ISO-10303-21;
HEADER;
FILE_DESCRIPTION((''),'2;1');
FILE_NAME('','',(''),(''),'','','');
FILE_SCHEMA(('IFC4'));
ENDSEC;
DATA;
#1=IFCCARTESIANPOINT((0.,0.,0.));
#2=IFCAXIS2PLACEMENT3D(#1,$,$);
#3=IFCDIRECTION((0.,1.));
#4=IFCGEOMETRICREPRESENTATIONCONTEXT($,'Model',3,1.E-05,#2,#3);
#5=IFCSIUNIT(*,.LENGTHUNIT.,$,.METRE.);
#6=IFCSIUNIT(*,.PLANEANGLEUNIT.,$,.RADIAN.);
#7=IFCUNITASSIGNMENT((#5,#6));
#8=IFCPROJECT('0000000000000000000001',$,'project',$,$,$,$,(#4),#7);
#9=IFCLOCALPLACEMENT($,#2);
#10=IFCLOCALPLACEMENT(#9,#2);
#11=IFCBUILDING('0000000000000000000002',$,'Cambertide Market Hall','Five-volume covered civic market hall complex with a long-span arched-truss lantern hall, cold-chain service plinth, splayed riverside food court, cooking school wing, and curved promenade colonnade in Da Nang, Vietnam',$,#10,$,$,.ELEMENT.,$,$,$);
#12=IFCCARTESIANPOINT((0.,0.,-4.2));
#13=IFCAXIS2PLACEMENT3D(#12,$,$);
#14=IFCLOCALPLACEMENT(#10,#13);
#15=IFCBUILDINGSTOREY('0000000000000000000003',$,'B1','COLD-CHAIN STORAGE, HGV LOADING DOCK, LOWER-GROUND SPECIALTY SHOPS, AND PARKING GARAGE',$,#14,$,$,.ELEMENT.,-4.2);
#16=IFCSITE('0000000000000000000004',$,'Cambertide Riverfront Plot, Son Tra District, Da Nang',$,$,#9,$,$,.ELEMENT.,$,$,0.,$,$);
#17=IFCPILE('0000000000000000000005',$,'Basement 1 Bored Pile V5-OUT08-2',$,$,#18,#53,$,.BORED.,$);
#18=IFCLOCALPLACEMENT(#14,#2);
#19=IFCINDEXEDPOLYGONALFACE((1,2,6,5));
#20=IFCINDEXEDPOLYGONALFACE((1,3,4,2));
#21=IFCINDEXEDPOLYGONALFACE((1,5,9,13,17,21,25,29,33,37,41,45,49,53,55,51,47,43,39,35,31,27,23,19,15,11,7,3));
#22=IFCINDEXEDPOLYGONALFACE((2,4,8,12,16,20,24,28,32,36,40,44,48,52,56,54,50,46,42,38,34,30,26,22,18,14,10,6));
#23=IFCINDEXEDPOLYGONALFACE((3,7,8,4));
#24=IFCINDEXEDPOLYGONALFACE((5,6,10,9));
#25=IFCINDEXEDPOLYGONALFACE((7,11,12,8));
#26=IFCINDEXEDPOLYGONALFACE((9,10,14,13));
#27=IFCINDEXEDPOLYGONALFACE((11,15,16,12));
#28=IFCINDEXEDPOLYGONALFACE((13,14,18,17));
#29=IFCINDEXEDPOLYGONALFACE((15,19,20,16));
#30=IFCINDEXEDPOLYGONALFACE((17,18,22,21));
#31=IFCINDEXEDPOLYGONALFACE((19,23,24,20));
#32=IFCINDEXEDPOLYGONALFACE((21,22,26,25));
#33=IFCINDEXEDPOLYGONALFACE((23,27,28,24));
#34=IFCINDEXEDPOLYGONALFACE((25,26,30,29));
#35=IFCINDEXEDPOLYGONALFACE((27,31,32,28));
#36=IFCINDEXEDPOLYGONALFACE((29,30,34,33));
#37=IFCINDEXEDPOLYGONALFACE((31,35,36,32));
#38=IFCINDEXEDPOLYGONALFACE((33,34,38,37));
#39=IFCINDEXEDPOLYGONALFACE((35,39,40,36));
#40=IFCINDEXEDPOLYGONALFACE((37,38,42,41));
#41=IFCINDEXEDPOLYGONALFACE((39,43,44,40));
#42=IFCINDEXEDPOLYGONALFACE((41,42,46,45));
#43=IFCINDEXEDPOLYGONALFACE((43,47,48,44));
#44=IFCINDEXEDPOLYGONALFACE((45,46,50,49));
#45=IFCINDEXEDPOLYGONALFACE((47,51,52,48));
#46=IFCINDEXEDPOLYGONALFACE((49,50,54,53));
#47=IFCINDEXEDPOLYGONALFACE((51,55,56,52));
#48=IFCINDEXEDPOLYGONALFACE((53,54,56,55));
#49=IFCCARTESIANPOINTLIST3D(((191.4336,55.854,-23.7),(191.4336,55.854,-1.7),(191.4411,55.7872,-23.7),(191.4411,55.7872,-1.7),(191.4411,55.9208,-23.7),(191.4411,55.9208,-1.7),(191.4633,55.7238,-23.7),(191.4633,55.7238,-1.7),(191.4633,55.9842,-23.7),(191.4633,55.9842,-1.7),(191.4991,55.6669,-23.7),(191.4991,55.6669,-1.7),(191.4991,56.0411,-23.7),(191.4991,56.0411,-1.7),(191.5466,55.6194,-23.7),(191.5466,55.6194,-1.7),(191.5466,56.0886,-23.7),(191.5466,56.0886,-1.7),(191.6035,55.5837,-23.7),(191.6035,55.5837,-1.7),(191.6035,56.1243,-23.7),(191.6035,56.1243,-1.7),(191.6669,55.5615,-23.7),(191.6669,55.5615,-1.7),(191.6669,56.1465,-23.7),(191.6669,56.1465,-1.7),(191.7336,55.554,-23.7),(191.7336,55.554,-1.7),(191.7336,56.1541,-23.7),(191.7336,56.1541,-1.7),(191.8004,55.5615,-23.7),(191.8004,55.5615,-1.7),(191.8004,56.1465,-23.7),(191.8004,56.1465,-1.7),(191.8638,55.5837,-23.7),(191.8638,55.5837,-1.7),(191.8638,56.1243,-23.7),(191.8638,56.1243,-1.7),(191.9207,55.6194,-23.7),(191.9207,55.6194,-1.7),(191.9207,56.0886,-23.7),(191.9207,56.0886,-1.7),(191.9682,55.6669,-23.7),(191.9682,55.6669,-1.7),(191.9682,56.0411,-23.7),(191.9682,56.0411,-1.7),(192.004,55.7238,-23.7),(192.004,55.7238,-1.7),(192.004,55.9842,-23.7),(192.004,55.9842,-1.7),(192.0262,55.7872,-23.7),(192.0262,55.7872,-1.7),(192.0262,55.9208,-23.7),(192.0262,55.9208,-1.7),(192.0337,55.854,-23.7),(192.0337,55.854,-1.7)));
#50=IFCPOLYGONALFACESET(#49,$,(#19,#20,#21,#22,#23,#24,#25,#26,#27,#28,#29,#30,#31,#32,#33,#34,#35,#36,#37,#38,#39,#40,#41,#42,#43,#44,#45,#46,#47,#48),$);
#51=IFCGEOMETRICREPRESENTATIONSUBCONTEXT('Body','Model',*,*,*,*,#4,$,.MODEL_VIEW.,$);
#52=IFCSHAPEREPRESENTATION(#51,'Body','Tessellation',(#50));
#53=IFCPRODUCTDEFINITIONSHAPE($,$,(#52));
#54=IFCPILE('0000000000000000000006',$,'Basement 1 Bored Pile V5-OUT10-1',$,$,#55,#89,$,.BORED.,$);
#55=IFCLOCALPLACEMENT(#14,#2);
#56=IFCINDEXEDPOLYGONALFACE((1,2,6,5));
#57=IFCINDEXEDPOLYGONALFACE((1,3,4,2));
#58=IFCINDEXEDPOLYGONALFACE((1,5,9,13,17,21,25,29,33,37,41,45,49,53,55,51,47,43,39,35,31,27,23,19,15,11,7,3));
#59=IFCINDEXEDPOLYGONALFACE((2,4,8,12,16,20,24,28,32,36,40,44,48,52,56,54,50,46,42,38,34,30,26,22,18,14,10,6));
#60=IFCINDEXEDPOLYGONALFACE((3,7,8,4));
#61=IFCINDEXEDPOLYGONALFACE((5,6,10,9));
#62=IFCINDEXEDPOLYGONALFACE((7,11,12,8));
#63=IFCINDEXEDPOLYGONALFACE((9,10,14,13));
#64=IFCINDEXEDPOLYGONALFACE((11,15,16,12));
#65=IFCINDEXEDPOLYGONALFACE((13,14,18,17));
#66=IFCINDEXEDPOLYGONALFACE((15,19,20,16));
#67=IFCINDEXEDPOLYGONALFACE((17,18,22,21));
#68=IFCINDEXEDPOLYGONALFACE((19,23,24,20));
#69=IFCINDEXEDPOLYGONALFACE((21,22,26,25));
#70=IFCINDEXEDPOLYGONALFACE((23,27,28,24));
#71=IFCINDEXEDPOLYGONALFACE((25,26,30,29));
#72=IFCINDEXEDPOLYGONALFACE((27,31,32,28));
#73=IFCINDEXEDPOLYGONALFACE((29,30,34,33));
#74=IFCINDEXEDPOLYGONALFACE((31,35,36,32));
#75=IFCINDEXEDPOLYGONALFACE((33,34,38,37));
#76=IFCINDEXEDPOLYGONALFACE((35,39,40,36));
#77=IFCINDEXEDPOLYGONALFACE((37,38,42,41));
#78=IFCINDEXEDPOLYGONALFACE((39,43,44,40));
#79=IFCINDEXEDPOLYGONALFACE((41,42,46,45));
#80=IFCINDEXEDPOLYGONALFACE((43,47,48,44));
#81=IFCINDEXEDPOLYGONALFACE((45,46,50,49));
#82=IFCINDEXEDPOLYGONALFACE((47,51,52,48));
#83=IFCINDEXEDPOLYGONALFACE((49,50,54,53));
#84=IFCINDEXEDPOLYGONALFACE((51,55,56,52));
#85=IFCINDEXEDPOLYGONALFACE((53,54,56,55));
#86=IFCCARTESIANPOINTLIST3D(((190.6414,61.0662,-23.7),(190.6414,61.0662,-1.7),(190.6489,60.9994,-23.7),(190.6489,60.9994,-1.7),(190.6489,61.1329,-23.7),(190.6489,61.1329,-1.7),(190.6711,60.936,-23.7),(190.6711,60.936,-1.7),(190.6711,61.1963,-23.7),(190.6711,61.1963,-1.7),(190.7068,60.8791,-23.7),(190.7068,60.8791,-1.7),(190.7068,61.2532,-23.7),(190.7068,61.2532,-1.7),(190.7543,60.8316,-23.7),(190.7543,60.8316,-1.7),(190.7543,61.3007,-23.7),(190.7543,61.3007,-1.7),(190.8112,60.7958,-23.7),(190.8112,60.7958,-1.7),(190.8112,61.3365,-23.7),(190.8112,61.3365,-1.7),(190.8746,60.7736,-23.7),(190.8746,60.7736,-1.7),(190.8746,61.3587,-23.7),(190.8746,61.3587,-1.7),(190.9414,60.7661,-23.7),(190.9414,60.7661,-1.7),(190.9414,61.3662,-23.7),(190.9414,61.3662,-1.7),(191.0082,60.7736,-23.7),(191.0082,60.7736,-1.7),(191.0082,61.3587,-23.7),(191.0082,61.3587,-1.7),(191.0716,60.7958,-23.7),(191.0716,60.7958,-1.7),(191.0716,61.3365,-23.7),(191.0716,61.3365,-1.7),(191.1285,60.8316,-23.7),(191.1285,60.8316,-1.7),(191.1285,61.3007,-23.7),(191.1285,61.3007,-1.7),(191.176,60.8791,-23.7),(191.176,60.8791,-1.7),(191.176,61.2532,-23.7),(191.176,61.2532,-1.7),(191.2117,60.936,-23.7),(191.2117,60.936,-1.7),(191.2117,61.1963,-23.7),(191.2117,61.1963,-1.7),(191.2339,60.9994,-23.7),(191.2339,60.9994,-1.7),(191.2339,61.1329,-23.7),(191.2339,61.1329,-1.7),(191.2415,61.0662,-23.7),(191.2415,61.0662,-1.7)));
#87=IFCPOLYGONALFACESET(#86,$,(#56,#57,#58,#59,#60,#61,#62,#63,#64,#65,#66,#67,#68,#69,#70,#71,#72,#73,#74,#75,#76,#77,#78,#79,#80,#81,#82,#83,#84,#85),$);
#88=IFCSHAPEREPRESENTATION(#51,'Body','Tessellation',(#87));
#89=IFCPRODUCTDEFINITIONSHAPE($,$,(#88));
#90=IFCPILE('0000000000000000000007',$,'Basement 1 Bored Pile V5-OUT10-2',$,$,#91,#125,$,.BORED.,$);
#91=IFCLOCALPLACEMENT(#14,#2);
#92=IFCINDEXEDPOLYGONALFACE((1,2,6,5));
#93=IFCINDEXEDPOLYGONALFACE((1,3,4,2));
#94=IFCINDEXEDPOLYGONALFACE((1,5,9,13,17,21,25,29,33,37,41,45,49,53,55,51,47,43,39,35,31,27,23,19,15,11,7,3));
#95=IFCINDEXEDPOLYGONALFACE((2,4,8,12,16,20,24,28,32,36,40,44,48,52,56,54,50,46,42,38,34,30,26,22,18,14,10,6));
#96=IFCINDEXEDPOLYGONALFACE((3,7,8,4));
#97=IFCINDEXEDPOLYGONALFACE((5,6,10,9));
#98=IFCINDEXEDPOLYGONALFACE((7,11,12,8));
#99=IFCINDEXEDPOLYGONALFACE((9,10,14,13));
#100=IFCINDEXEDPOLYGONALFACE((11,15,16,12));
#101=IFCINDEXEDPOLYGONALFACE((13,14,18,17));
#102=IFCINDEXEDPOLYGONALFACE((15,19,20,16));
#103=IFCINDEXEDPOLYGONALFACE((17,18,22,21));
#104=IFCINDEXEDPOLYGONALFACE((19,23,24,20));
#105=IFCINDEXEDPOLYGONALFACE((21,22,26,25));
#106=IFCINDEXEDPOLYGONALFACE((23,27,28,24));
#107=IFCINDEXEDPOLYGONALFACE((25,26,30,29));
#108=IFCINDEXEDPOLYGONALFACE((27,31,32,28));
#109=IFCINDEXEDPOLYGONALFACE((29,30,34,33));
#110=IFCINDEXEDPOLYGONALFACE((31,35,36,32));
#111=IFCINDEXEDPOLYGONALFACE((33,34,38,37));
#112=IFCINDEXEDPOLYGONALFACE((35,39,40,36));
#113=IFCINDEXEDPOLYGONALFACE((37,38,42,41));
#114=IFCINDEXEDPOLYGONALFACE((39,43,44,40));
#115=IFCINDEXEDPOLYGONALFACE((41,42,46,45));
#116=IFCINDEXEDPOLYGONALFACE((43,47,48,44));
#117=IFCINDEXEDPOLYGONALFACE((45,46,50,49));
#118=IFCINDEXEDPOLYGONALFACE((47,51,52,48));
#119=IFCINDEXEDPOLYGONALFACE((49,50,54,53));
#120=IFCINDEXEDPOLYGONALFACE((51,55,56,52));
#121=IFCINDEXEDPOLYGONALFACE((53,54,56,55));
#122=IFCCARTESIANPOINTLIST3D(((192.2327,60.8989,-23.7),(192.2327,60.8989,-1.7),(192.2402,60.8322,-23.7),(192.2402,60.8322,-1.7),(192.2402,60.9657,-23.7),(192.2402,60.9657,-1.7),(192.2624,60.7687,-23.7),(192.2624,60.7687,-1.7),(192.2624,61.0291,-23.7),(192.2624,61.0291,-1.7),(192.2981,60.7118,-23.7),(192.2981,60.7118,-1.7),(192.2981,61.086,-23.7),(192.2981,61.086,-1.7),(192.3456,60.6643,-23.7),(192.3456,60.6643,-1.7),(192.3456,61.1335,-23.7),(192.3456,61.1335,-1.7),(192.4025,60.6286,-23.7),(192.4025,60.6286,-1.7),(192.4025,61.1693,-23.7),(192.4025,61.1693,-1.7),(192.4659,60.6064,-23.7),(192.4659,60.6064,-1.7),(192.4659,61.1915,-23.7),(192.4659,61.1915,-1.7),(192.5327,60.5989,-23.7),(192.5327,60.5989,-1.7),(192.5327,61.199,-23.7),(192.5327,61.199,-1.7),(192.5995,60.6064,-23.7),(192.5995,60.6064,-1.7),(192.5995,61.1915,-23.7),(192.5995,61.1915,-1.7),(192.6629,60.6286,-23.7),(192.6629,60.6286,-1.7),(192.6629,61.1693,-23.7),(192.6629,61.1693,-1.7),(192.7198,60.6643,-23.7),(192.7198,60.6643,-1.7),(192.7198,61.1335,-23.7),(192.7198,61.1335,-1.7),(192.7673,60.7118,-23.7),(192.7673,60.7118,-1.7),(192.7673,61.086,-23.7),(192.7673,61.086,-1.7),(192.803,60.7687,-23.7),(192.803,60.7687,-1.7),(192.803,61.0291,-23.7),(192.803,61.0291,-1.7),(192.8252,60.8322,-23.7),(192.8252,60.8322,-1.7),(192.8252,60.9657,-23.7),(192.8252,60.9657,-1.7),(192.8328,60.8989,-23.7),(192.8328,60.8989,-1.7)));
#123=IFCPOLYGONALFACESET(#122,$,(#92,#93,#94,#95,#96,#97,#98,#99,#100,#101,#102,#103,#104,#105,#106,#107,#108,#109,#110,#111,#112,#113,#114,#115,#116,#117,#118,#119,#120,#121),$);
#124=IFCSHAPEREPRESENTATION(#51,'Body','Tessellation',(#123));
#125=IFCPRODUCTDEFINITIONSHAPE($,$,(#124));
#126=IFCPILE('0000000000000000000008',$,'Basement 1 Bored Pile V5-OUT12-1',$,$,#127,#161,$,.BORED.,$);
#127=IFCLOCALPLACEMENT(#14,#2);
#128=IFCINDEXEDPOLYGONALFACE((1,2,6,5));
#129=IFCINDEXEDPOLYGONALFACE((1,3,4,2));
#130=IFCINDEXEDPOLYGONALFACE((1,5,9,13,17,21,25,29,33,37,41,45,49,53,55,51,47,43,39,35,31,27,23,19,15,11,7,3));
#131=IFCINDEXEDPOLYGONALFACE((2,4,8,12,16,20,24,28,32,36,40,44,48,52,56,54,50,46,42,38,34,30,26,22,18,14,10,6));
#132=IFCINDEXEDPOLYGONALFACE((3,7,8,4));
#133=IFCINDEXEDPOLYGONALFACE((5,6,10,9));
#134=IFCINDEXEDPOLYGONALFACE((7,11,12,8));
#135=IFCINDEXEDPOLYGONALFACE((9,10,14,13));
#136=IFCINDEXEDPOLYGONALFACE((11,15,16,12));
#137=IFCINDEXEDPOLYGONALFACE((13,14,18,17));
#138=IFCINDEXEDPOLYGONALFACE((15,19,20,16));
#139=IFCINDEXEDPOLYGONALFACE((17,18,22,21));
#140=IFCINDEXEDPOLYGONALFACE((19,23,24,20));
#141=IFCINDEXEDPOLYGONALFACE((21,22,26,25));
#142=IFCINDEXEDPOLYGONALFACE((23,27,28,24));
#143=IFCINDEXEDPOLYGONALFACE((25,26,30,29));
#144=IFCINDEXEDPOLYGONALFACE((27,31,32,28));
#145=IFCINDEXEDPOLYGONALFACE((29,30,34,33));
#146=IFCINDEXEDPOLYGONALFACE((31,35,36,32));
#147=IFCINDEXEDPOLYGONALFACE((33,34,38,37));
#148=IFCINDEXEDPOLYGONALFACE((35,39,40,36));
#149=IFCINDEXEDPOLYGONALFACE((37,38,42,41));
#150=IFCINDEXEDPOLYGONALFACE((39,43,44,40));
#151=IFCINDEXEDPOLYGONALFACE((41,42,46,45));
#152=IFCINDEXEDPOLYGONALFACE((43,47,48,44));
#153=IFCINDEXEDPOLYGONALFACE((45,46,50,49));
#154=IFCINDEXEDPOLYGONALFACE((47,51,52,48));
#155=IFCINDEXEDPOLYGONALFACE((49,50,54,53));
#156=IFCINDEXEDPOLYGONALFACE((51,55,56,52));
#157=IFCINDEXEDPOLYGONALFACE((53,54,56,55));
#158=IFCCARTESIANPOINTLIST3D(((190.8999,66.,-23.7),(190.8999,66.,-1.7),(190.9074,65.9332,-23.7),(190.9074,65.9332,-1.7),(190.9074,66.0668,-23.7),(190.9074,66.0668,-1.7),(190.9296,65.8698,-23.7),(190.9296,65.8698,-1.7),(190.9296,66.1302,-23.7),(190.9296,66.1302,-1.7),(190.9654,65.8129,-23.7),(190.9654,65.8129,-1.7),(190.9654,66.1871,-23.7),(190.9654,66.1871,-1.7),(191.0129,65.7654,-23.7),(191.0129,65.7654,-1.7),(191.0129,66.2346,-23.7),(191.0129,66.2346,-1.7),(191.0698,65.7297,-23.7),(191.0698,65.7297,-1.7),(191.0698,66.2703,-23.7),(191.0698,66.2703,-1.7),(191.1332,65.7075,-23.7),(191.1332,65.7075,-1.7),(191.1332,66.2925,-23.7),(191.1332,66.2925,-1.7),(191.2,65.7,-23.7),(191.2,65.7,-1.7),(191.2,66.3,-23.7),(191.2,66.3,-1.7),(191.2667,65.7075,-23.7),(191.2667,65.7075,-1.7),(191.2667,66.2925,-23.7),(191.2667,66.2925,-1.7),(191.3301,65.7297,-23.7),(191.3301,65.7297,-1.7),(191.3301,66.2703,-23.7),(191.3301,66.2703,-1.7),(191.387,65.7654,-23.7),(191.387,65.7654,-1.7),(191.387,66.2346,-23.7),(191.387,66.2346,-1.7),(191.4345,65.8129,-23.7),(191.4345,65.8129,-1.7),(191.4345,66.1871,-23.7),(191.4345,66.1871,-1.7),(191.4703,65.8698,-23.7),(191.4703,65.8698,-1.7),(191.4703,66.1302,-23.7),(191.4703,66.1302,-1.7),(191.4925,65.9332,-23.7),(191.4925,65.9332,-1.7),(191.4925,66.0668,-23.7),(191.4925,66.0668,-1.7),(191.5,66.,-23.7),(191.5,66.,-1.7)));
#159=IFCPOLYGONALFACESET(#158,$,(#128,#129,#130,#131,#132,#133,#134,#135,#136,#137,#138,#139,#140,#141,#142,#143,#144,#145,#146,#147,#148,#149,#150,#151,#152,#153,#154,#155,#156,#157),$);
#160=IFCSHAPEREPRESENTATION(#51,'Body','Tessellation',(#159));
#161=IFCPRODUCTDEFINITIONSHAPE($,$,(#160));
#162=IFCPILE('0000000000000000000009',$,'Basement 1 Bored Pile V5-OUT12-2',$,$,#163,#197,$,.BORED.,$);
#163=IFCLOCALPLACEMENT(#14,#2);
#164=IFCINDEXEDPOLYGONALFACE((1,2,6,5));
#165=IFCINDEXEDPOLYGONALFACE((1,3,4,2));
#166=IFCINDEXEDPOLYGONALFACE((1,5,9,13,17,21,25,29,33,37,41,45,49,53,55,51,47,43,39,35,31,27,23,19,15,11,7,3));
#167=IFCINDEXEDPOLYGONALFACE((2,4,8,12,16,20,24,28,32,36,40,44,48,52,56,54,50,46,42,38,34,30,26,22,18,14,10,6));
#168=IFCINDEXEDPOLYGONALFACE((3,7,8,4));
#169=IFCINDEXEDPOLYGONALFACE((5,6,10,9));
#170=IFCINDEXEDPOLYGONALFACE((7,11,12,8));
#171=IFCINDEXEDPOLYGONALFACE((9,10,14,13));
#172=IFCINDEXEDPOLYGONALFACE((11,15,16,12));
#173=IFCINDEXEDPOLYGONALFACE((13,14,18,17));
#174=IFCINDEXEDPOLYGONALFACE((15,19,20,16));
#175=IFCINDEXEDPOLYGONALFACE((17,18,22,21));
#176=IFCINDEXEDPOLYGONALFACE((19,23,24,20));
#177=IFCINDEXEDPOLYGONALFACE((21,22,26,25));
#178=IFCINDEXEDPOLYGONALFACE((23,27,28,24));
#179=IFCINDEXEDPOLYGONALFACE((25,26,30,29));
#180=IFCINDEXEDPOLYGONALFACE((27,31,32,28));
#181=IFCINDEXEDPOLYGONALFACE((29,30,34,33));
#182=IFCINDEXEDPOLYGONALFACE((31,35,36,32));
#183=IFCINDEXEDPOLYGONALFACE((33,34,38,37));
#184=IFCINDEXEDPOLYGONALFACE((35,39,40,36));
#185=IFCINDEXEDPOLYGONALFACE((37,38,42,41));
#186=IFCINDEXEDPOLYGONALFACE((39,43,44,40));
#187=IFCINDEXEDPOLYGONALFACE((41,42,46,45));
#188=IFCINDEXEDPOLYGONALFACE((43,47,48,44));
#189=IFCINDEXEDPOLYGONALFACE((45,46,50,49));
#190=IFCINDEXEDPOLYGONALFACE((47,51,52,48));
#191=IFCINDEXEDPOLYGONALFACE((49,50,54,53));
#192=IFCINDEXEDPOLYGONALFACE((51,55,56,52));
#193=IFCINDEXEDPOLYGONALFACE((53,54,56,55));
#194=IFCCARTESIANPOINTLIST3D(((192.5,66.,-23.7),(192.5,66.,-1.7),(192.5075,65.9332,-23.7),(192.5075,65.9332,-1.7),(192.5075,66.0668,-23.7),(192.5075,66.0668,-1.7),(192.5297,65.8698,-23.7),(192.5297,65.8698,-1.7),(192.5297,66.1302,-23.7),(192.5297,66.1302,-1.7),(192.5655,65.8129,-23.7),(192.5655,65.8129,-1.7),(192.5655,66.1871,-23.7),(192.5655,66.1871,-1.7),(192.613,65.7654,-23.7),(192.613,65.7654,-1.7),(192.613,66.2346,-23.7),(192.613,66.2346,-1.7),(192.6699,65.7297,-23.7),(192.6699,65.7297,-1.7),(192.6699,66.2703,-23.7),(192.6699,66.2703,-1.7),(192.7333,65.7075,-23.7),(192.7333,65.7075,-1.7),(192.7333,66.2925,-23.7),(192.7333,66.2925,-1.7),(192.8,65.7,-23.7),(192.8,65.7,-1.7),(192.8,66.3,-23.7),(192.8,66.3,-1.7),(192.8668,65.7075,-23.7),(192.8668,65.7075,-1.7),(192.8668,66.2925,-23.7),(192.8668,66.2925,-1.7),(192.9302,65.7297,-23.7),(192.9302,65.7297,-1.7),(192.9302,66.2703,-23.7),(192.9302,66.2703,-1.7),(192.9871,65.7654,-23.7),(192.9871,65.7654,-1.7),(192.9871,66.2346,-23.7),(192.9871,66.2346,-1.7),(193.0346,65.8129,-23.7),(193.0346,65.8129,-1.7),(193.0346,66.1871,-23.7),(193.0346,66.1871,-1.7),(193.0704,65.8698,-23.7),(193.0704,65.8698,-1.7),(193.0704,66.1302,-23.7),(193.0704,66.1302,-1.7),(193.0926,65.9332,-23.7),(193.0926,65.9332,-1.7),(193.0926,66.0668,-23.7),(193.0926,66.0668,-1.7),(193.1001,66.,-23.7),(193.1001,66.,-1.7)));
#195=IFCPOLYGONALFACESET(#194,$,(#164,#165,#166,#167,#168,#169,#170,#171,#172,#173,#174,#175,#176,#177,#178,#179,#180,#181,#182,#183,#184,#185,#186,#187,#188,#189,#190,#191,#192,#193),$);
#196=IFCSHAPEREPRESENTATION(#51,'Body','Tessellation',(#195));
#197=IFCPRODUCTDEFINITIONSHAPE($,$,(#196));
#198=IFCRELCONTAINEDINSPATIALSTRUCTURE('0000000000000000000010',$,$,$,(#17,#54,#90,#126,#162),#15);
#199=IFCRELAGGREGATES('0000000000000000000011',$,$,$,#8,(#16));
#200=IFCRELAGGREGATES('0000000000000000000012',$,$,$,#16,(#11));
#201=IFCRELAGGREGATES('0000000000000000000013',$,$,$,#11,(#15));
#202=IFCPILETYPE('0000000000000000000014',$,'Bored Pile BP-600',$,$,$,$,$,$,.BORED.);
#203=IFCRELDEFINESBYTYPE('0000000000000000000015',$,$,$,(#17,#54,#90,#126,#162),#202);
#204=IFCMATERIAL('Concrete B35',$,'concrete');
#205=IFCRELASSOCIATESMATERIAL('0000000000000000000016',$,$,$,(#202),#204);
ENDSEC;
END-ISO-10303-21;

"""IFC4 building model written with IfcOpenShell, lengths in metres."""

from ifc_helpers import new_model, si_unit, direction, frame, origin, origin_2d, place, context, subcontext, project, spatial, circle, extrude, material, material_profile, profile_set, type_object, element, save


model = new_model("IFC4")

# Units and contexts
model_context = context("Model", 3, precision=1e-05, world=origin(), true_north=direction((0.0, 1.0)))
body_context = subcontext(model_context, "Body", "Model", "MODEL_VIEW")
ifc_project = project(units=[si_unit("LENGTHUNIT", "METRE"), si_unit("PLANEANGLEUNIT", "RADIAN")], contexts=[model_context])

# Site, building, storey
site_placement = place(None, origin())
site = spatial("IfcSite", under=ifc_project, at=site_placement, Name="Cambertide Riverfront Plot, Son Tra District, Da Nang", CompositionType="ELEMENT", RefElevation=0.0)
building_placement = place(site_placement, origin())
building = spatial("IfcBuilding", under=site, at=building_placement, Name="Cambertide Market Hall", Description="Five-volume covered civic market hall complex with a long-span arched-truss lantern hall, cold-chain service plinth, splayed riverside food court, cooking school wing, and curved promenade colonnade in Da Nang, Vietnam", CompositionType="ELEMENT")
storey_placement = place(building_placement, frame((0.0, 0.0, -4.2)))
storey = spatial("IfcBuildingStorey", under=building, at=storey_placement, Name="B1", Description="COLD-CHAIN STORAGE, HGV LOADING DOCK, LOWER-GROUND SPECIALTY SHOPS, AND PARKING GARAGE", CompositionType="ELEMENT", Elevation=-4.2)

# Piles
ifc_material_1 = material(Name="Concrete B35", Category="concrete")
ifc_material_profile_1 = material_profile(ifc_material_1, circle(Radius=0.3, at=origin_2d()), Name="BP D600")
ifc_profile_set_1 = profile_set([ifc_material_profile_1], Name="Concrete B35")
pile_type = type_object("IfcPileType", Name="Bored Pile BP-600", PredefinedType="BORED", material=ifc_profile_set_1)
for number, where, z_axis, x_axis, name in (
    (1, (191.7336, 55.854, -1.7), (0.0, 0.0, -1.0), (1.0, 0.0, 0.0), "Basement 1 Bored Pile V5-OUT08-2"),
    (2, (190.9414, 61.0662, -1.7), (0.0, 0.0, -1.0), (1.0, 0.0, 0.0), "Basement 1 Bored Pile V5-OUT10-1"),
    (3, (192.5327, 60.8989, -1.7), (0.0, 0.0, -1.0), (1.0, 0.0, 0.0), "Basement 1 Bored Pile V5-OUT10-2"),
    (4, (191.2, 66.0, -1.7), (0.0, 0.0, -1.0), (1.0, 0.0, 0.0), "Basement 1 Bored Pile V5-OUT12-1"),
    (5, (192.8, 66.0, -1.7), (0.0, 0.0, -1.0), (1.0, 0.0, 0.0), "Basement 1 Bored Pile V5-OUT12-2"),
):
    element("IfcPile", number, at=place(storey_placement, frame(where, z_axis=z_axis, x_axis=x_axis)), inside=storey, type_object=pile_type, Name=name, PredefinedType="BORED", context=body_context, shape_type="SweptSolid", body=[
        extrude(circle(Radius=0.3, at=origin_2d()), origin(), (0.0, 0.0, 1.0), 22.0),
    ])

save(model, "model.ifc")
